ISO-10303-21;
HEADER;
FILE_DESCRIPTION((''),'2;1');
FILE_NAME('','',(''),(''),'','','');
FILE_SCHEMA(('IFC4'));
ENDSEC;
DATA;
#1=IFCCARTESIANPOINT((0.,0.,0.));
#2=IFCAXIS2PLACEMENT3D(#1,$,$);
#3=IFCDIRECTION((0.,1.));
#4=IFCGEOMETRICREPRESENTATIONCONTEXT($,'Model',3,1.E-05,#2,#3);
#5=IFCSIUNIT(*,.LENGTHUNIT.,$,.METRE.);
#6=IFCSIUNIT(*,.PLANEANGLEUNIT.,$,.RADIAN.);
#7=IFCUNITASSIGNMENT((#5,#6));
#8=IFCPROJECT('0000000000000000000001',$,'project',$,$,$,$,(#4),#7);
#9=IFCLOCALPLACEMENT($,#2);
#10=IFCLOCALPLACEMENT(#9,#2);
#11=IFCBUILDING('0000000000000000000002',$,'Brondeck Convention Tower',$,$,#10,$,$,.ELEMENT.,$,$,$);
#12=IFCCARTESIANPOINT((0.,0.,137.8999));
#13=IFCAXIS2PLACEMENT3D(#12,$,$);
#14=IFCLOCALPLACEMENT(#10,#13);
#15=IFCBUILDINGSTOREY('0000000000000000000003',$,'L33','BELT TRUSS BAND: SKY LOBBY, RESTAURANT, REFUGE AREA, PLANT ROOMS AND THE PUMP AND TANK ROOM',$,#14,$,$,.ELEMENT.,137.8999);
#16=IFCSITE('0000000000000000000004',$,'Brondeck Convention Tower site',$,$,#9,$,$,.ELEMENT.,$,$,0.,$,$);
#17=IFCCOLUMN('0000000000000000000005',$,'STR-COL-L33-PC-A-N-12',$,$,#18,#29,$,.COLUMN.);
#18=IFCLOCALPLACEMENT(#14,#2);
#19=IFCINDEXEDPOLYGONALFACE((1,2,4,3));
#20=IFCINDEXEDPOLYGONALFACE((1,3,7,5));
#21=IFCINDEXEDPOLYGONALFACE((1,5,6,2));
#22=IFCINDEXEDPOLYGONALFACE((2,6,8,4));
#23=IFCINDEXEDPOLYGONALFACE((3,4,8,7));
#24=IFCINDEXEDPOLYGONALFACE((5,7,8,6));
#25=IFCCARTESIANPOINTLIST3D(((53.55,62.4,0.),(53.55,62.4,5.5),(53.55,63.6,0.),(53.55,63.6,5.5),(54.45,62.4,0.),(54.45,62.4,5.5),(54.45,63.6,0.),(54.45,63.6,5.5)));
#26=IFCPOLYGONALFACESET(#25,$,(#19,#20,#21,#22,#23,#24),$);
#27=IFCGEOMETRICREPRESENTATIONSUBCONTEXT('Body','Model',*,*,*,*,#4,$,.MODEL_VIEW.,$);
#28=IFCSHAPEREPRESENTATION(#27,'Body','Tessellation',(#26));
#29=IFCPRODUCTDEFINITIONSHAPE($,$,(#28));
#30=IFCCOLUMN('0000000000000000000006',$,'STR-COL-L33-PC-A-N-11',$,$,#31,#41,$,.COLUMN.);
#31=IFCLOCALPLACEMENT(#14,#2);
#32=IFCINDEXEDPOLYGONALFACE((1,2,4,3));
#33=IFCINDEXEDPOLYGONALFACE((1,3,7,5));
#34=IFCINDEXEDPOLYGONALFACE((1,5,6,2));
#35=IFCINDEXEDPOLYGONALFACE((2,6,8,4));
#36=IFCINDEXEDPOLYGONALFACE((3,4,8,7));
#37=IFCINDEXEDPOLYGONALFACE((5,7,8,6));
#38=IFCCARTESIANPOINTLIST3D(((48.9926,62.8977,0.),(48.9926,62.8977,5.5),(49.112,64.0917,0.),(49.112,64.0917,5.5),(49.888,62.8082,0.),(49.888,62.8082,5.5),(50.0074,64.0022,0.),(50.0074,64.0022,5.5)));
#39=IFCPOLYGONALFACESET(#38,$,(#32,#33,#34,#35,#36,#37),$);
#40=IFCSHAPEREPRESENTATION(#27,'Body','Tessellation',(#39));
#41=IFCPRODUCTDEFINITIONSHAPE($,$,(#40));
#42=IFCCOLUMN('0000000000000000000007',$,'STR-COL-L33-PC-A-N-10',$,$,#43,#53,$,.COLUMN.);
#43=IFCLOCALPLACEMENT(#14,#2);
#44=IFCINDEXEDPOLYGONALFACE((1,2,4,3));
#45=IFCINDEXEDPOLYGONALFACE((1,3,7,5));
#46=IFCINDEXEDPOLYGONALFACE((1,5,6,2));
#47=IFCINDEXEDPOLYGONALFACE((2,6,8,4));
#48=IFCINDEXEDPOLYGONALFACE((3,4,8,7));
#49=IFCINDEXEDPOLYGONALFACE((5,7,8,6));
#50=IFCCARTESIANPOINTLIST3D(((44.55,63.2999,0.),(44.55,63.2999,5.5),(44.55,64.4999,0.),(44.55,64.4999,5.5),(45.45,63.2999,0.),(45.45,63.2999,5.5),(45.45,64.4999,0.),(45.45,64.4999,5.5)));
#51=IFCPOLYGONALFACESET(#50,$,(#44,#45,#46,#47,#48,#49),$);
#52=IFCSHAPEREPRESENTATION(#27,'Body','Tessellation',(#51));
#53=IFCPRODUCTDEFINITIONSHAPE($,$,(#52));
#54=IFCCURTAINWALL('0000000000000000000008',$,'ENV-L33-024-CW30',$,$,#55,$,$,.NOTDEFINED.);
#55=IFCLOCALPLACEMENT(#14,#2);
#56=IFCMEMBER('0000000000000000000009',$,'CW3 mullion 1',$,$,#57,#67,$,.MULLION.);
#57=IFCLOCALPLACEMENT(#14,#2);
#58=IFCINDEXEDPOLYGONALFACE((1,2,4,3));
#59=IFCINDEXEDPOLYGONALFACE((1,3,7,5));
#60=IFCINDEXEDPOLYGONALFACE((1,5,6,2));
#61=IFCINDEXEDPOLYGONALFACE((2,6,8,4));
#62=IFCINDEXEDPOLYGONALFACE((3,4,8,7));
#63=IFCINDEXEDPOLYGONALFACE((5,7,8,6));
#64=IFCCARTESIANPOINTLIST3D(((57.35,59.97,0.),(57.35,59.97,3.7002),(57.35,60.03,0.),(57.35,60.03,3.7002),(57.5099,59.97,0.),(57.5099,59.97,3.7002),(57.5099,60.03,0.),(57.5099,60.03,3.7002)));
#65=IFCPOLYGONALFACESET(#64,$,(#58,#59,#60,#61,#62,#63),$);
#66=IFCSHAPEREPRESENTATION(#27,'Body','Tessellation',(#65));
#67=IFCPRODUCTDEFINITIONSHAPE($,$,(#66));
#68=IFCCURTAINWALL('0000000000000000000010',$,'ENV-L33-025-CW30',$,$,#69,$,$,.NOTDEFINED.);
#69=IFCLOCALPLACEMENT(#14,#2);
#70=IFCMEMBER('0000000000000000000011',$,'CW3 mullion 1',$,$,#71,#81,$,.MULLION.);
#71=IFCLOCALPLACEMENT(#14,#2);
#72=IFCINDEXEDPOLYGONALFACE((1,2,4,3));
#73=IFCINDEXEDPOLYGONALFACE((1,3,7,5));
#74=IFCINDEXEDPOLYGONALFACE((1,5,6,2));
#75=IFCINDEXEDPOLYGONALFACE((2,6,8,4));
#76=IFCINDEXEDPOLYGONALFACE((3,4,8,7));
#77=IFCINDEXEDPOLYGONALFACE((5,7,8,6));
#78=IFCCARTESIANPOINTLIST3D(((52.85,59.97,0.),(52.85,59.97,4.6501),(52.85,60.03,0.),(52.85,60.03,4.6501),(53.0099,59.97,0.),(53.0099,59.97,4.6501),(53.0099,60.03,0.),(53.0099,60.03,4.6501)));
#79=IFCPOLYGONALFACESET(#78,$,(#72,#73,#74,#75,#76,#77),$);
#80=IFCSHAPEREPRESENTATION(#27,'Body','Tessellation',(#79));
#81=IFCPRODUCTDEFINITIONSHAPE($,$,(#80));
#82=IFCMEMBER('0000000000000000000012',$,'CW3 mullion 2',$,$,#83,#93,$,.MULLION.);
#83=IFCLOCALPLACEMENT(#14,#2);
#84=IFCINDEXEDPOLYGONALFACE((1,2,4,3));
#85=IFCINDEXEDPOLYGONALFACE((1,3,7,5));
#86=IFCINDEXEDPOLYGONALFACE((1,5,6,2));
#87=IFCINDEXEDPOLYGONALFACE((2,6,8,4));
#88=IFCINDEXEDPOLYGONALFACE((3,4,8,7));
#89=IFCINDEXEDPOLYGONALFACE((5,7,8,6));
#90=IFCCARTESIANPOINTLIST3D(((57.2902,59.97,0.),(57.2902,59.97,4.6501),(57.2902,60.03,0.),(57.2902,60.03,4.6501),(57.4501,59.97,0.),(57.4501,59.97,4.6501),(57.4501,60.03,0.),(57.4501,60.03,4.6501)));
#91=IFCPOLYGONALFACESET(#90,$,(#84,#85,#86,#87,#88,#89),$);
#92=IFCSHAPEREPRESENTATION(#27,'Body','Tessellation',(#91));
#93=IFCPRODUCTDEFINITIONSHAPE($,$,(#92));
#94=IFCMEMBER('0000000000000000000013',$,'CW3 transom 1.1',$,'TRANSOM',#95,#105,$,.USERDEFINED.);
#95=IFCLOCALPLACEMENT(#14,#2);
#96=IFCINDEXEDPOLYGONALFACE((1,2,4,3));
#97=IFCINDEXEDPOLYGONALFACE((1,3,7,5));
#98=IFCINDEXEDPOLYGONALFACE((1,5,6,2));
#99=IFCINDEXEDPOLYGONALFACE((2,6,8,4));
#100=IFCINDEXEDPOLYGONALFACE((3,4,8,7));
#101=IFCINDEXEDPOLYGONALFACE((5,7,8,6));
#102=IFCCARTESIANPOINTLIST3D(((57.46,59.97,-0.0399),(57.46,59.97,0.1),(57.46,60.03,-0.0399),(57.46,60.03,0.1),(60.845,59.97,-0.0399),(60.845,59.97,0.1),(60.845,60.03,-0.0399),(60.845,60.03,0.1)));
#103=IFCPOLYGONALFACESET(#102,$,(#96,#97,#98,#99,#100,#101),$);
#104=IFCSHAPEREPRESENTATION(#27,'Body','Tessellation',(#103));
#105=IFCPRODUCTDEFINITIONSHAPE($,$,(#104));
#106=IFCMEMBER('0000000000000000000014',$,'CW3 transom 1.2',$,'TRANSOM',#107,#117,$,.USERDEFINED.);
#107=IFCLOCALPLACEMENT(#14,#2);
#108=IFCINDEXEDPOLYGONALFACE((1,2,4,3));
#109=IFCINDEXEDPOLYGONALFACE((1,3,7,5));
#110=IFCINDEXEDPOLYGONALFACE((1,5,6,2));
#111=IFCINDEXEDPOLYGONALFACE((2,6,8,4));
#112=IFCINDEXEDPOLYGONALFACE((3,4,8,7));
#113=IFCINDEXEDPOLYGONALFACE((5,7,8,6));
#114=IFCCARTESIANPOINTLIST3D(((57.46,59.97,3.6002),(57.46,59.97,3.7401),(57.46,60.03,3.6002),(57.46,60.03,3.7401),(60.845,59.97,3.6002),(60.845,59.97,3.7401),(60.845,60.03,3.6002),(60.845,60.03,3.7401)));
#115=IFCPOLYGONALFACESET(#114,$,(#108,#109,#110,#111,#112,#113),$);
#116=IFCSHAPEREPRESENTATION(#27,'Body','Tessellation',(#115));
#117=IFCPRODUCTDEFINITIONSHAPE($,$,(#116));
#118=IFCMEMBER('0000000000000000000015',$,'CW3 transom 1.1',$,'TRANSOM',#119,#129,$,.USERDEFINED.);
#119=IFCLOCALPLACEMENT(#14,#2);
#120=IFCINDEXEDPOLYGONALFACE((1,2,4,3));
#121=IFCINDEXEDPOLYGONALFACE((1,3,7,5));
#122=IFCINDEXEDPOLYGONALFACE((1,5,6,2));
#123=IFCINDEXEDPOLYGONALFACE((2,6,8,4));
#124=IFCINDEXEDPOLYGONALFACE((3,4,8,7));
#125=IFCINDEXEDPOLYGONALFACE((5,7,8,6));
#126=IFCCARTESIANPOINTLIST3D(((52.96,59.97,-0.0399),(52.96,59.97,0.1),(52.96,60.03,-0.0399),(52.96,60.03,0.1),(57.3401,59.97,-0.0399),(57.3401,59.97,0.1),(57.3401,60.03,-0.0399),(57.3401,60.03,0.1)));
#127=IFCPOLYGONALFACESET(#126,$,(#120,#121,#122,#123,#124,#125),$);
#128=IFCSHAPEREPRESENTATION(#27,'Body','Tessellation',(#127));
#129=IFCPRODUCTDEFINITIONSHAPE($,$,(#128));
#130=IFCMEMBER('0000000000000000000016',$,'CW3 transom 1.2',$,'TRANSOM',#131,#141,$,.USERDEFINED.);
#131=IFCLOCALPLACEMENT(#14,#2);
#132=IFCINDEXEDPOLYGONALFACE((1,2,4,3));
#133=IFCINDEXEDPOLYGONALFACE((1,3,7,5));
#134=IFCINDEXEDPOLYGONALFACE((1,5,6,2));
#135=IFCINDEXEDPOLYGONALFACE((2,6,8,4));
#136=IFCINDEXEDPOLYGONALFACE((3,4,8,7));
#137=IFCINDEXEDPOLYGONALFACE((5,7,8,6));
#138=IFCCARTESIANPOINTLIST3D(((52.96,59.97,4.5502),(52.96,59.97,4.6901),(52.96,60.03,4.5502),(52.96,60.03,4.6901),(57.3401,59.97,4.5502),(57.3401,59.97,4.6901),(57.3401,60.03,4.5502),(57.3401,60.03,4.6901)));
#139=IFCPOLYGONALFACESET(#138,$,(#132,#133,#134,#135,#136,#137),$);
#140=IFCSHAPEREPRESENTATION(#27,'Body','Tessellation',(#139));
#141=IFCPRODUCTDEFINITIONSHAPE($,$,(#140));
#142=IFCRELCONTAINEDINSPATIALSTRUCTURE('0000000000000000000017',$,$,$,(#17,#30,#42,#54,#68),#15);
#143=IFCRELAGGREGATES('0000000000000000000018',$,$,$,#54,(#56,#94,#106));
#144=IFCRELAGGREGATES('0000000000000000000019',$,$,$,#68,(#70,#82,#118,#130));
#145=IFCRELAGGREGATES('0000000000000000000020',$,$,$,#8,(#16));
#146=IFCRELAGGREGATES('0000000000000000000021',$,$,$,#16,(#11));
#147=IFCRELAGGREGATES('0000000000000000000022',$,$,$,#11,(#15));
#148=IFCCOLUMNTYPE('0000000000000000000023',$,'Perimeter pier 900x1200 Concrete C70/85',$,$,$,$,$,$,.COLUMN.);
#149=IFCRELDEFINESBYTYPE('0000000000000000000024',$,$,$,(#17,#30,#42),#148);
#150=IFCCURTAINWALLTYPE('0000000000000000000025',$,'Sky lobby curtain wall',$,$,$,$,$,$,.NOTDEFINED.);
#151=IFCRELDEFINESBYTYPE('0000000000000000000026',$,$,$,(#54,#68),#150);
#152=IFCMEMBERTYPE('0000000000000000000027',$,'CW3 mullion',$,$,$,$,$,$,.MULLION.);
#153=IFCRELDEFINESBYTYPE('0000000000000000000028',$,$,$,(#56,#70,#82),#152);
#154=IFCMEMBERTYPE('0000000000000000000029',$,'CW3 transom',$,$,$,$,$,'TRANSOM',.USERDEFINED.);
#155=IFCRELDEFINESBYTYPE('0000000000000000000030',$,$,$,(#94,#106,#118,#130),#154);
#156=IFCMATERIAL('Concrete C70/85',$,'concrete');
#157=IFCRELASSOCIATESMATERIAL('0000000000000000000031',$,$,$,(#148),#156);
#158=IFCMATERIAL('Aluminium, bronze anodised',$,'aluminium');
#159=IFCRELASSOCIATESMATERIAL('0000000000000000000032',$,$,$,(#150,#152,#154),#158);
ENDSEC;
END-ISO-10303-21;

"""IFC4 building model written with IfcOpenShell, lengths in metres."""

from ifc_helpers import new_model, si_unit, direction, frame, origin, origin_2d, place, context, subcontext, project, spatial, rectangle, extrude, material, material_profile, profile_set, type_object, element, aggregate, save


model = new_model("IFC4")

# Units and contexts
model_context = context("Model", 3, precision=1e-05, world=origin(), true_north=direction((0.0, 1.0)))
body_context = subcontext(model_context, "Body", "Model", "MODEL_VIEW")
ifc_project = project(units=[si_unit("LENGTHUNIT", "METRE"), si_unit("PLANEANGLEUNIT", "RADIAN")], contexts=[model_context])

# Site, building, storey
site_placement = place(None, origin())
site = spatial("IfcSite", under=ifc_project, at=site_placement, Name="Brondeck Convention Tower site", CompositionType="ELEMENT", RefElevation=0.0)
building_placement = place(site_placement, origin())
building = spatial("IfcBuilding", under=site, at=building_placement, Name="Brondeck Convention Tower", CompositionType="ELEMENT")
storey_placement = place(building_placement, frame((0.0, 0.0, 137.8999)))
storey = spatial("IfcBuildingStorey", under=building, at=storey_placement, Name="L33", Description="BELT TRUSS BAND: SKY LOBBY, RESTAURANT, REFUGE AREA, PLANT ROOMS AND THE PUMP AND TANK ROOM", CompositionType="ELEMENT", Elevation=137.8999)

# Columns
ifc_material_1 = material(Name="Concrete C70/85", Category="concrete")
ifc_material_profile_1 = material_profile(ifc_material_1, rectangle(XDim=0.8999, YDim=1.2, at=origin_2d()), Name="Perimeter pier 900x1200 Concrete C70/85")
ifc_profile_set_1 = profile_set([ifc_material_profile_1], Name="Concrete C70/85")
column_type = type_object("IfcColumnType", Name="Perimeter pier 900x1200 Concrete C70/85", PredefinedType="COLUMN", material=ifc_profile_set_1)
for number, where, z_axis, x_axis, name in (
    (1, (54.0, 63.0, 0.0), (0.0, 0.0, 1.0), (-1.0, 0.0, 0.0), "STR-COL-L33-PC-A-N-12"),
    (2, (49.5, 63.45, 0.0), (0.0, 0.0, 1.0), (-0.995037, 0.099504, 0.0), "STR-COL-L33-PC-A-N-11"),
    (3, (45.0, 63.8999, 0.0), (0.0, 0.0, 1.0), (-1.0, 0.0, 0.0), "STR-COL-L33-PC-A-N-10"),
):
    element("IfcColumn", number, at=place(storey_placement, frame(where, z_axis=z_axis, x_axis=x_axis)), inside=storey, type_object=column_type, Name=name, PredefinedType="COLUMN", context=body_context, shape_type="SweptSolid", body=[
        extrude(rectangle(XDim=0.8999, YDim=1.2, at=origin_2d()), origin(), (0.0, 0.0, 1.0), 5.5),
    ])

# Curtain wall, member
ifc_material_2 = material(Name="Aluminium, bronze anodised", Category="aluminium")
curtain_wall_type = type_object("IfcCurtainWallType", Name="Sky lobby curtain wall", PredefinedType="NOTDEFINED", material=ifc_material_2)
curtain_wall_1_placement = place(storey_placement, origin())
curtain_wall_1 = element("IfcCurtainWall", 4, at=curtain_wall_1_placement, inside=storey, type_object=curtain_wall_type, Name="ENV-L33-024-CW30", PredefinedType="NOTDEFINED")
ifc_material_profile_2 = material_profile(ifc_material_2, rectangle(XDim=0.0601, YDim=0.1599, at=origin_2d()), Name="CW3 mullion")
ifc_profile_set_2 = profile_set([ifc_material_profile_2], Name="Aluminium, bronze anodised")
member_type_1 = type_object("IfcMemberType", Name="CW3 mullion", PredefinedType="MULLION", material=ifc_profile_set_2)
member_1_placement = place(storey_placement, frame((57.4299, 60.0, 0.0), z_axis=(0.0, 0.0, 1.0), x_axis=(0.0, 1.0, 0.0)))
member_1 = element("IfcMember", 5, at=member_1_placement, type_object=member_type_1, Name="CW3 mullion 1", PredefinedType="MULLION", context=body_context, shape_type="SweptSolid", body=[
    extrude(rectangle(XDim=0.0601, YDim=0.1599, at=origin_2d()), origin(), (0.0, 0.0, 1.0), 3.7002),
])

# Curtain wall, members
curtain_wall_2_placement = place(storey_placement, origin())
curtain_wall_2 = element("IfcCurtainWall", 6, at=curtain_wall_2_placement, inside=storey, type_object=curtain_wall_type, Name="ENV-L33-025-CW30", PredefinedType="NOTDEFINED")
member_2_placement = place(storey_placement, frame((52.9299, 60.0, 0.0), z_axis=(0.0, 0.0, 1.0), x_axis=(0.0, 1.0, 0.0)))
member_2 = element("IfcMember", 7, at=member_2_placement, type_object=member_type_1, Name="CW3 mullion 1", PredefinedType="MULLION", context=body_context, shape_type="SweptSolid", body=[
    extrude(rectangle(XDim=0.0601, YDim=0.1599, at=origin_2d()), origin(), (0.0, 0.0, 1.0), 4.6501),
])
member_3_placement = place(storey_placement, frame((57.3701, 60.0, 0.0), z_axis=(0.0, 0.0, 1.0), x_axis=(0.0, 1.0, 0.0)))
member_3 = element("IfcMember", 8, at=member_3_placement, type_object=member_type_1, Name="CW3 mullion 2", PredefinedType="MULLION", context=body_context, shape_type="SweptSolid", body=[
    extrude(rectangle(XDim=0.0601, YDim=0.1599, at=origin_2d()), origin(), (0.0, 0.0, 1.0), 4.6501),
])

# Members
ifc_material_profile_3 = material_profile(ifc_material_2, rectangle(XDim=0.0601, YDim=0.1399, at=origin_2d()), Name="CW3 transom")
ifc_profile_set_3 = profile_set([ifc_material_profile_3], Name="Aluminium, bronze anodised")
member_type_2 = type_object("IfcMemberType", Name="CW3 transom", ElementType="TRANSOM", PredefinedType="USERDEFINED", material=ifc_profile_set_3)
member_4_placement = place(storey_placement, frame((57.46, 60.0, 0.03), z_axis=(1.0, 0.0, 0.0), x_axis=(0.0, 1.0, 0.0)))
member_4 = element("IfcMember", 9, at=member_4_placement, type_object=member_type_2, Name="CW3 transom 1.1", ObjectType="TRANSOM", PredefinedType="USERDEFINED", context=body_context, shape_type="SweptSolid", body=[
    extrude(rectangle(XDim=0.0601, YDim=0.1399, at=origin_2d()), origin(), (0.0, 0.0, 1.0), 3.385),
])
member_5_placement = place(storey_placement, frame((57.46, 60.0, 3.6702), z_axis=(1.0, 0.0, 0.0), x_axis=(0.0, 1.0, 0.0)))
member_5 = element("IfcMember", 10, at=member_5_placement, type_object=member_type_2, Name="CW3 transom 1.2", ObjectType="TRANSOM", PredefinedType="USERDEFINED", context=body_context, shape_type="SweptSolid", body=[
    extrude(rectangle(XDim=0.0601, YDim=0.1399, at=origin_2d()), origin(), (0.0, 0.0, 1.0), 3.385),
])
aggregate(curtain_wall_1, [member_1, member_4, member_5])
member_6_placement = place(storey_placement, frame((52.96, 60.0, 0.03), z_axis=(1.0, 0.0, 0.0), x_axis=(0.0, 1.0, 0.0)))
member_6 = element("IfcMember", 11, at=member_6_placement, type_object=member_type_2, Name="CW3 transom 1.1", ObjectType="TRANSOM", PredefinedType="USERDEFINED", context=body_context, shape_type="SweptSolid", body=[
    extrude(rectangle(XDim=0.0601, YDim=0.1399, at=origin_2d()), origin(), (0.0, 0.0, 1.0), 4.3801),
])
member_7_placement = place(storey_placement, frame((52.96, 60.0, 4.6201), z_axis=(1.0, 0.0, 0.0), x_axis=(0.0, 1.0, 0.0)))
member_7 = element("IfcMember", 12, at=member_7_placement, type_object=member_type_2, Name="CW3 transom 1.2", ObjectType="TRANSOM", PredefinedType="USERDEFINED", context=body_context, shape_type="SweptSolid", body=[
    extrude(rectangle(XDim=0.0601, YDim=0.1399, at=origin_2d()), origin(), (0.0, 0.0, 1.0), 4.3801),
])

aggregate(curtain_wall_2, [member_2, member_3, member_6, member_7])

save(model, "model.ifc")
